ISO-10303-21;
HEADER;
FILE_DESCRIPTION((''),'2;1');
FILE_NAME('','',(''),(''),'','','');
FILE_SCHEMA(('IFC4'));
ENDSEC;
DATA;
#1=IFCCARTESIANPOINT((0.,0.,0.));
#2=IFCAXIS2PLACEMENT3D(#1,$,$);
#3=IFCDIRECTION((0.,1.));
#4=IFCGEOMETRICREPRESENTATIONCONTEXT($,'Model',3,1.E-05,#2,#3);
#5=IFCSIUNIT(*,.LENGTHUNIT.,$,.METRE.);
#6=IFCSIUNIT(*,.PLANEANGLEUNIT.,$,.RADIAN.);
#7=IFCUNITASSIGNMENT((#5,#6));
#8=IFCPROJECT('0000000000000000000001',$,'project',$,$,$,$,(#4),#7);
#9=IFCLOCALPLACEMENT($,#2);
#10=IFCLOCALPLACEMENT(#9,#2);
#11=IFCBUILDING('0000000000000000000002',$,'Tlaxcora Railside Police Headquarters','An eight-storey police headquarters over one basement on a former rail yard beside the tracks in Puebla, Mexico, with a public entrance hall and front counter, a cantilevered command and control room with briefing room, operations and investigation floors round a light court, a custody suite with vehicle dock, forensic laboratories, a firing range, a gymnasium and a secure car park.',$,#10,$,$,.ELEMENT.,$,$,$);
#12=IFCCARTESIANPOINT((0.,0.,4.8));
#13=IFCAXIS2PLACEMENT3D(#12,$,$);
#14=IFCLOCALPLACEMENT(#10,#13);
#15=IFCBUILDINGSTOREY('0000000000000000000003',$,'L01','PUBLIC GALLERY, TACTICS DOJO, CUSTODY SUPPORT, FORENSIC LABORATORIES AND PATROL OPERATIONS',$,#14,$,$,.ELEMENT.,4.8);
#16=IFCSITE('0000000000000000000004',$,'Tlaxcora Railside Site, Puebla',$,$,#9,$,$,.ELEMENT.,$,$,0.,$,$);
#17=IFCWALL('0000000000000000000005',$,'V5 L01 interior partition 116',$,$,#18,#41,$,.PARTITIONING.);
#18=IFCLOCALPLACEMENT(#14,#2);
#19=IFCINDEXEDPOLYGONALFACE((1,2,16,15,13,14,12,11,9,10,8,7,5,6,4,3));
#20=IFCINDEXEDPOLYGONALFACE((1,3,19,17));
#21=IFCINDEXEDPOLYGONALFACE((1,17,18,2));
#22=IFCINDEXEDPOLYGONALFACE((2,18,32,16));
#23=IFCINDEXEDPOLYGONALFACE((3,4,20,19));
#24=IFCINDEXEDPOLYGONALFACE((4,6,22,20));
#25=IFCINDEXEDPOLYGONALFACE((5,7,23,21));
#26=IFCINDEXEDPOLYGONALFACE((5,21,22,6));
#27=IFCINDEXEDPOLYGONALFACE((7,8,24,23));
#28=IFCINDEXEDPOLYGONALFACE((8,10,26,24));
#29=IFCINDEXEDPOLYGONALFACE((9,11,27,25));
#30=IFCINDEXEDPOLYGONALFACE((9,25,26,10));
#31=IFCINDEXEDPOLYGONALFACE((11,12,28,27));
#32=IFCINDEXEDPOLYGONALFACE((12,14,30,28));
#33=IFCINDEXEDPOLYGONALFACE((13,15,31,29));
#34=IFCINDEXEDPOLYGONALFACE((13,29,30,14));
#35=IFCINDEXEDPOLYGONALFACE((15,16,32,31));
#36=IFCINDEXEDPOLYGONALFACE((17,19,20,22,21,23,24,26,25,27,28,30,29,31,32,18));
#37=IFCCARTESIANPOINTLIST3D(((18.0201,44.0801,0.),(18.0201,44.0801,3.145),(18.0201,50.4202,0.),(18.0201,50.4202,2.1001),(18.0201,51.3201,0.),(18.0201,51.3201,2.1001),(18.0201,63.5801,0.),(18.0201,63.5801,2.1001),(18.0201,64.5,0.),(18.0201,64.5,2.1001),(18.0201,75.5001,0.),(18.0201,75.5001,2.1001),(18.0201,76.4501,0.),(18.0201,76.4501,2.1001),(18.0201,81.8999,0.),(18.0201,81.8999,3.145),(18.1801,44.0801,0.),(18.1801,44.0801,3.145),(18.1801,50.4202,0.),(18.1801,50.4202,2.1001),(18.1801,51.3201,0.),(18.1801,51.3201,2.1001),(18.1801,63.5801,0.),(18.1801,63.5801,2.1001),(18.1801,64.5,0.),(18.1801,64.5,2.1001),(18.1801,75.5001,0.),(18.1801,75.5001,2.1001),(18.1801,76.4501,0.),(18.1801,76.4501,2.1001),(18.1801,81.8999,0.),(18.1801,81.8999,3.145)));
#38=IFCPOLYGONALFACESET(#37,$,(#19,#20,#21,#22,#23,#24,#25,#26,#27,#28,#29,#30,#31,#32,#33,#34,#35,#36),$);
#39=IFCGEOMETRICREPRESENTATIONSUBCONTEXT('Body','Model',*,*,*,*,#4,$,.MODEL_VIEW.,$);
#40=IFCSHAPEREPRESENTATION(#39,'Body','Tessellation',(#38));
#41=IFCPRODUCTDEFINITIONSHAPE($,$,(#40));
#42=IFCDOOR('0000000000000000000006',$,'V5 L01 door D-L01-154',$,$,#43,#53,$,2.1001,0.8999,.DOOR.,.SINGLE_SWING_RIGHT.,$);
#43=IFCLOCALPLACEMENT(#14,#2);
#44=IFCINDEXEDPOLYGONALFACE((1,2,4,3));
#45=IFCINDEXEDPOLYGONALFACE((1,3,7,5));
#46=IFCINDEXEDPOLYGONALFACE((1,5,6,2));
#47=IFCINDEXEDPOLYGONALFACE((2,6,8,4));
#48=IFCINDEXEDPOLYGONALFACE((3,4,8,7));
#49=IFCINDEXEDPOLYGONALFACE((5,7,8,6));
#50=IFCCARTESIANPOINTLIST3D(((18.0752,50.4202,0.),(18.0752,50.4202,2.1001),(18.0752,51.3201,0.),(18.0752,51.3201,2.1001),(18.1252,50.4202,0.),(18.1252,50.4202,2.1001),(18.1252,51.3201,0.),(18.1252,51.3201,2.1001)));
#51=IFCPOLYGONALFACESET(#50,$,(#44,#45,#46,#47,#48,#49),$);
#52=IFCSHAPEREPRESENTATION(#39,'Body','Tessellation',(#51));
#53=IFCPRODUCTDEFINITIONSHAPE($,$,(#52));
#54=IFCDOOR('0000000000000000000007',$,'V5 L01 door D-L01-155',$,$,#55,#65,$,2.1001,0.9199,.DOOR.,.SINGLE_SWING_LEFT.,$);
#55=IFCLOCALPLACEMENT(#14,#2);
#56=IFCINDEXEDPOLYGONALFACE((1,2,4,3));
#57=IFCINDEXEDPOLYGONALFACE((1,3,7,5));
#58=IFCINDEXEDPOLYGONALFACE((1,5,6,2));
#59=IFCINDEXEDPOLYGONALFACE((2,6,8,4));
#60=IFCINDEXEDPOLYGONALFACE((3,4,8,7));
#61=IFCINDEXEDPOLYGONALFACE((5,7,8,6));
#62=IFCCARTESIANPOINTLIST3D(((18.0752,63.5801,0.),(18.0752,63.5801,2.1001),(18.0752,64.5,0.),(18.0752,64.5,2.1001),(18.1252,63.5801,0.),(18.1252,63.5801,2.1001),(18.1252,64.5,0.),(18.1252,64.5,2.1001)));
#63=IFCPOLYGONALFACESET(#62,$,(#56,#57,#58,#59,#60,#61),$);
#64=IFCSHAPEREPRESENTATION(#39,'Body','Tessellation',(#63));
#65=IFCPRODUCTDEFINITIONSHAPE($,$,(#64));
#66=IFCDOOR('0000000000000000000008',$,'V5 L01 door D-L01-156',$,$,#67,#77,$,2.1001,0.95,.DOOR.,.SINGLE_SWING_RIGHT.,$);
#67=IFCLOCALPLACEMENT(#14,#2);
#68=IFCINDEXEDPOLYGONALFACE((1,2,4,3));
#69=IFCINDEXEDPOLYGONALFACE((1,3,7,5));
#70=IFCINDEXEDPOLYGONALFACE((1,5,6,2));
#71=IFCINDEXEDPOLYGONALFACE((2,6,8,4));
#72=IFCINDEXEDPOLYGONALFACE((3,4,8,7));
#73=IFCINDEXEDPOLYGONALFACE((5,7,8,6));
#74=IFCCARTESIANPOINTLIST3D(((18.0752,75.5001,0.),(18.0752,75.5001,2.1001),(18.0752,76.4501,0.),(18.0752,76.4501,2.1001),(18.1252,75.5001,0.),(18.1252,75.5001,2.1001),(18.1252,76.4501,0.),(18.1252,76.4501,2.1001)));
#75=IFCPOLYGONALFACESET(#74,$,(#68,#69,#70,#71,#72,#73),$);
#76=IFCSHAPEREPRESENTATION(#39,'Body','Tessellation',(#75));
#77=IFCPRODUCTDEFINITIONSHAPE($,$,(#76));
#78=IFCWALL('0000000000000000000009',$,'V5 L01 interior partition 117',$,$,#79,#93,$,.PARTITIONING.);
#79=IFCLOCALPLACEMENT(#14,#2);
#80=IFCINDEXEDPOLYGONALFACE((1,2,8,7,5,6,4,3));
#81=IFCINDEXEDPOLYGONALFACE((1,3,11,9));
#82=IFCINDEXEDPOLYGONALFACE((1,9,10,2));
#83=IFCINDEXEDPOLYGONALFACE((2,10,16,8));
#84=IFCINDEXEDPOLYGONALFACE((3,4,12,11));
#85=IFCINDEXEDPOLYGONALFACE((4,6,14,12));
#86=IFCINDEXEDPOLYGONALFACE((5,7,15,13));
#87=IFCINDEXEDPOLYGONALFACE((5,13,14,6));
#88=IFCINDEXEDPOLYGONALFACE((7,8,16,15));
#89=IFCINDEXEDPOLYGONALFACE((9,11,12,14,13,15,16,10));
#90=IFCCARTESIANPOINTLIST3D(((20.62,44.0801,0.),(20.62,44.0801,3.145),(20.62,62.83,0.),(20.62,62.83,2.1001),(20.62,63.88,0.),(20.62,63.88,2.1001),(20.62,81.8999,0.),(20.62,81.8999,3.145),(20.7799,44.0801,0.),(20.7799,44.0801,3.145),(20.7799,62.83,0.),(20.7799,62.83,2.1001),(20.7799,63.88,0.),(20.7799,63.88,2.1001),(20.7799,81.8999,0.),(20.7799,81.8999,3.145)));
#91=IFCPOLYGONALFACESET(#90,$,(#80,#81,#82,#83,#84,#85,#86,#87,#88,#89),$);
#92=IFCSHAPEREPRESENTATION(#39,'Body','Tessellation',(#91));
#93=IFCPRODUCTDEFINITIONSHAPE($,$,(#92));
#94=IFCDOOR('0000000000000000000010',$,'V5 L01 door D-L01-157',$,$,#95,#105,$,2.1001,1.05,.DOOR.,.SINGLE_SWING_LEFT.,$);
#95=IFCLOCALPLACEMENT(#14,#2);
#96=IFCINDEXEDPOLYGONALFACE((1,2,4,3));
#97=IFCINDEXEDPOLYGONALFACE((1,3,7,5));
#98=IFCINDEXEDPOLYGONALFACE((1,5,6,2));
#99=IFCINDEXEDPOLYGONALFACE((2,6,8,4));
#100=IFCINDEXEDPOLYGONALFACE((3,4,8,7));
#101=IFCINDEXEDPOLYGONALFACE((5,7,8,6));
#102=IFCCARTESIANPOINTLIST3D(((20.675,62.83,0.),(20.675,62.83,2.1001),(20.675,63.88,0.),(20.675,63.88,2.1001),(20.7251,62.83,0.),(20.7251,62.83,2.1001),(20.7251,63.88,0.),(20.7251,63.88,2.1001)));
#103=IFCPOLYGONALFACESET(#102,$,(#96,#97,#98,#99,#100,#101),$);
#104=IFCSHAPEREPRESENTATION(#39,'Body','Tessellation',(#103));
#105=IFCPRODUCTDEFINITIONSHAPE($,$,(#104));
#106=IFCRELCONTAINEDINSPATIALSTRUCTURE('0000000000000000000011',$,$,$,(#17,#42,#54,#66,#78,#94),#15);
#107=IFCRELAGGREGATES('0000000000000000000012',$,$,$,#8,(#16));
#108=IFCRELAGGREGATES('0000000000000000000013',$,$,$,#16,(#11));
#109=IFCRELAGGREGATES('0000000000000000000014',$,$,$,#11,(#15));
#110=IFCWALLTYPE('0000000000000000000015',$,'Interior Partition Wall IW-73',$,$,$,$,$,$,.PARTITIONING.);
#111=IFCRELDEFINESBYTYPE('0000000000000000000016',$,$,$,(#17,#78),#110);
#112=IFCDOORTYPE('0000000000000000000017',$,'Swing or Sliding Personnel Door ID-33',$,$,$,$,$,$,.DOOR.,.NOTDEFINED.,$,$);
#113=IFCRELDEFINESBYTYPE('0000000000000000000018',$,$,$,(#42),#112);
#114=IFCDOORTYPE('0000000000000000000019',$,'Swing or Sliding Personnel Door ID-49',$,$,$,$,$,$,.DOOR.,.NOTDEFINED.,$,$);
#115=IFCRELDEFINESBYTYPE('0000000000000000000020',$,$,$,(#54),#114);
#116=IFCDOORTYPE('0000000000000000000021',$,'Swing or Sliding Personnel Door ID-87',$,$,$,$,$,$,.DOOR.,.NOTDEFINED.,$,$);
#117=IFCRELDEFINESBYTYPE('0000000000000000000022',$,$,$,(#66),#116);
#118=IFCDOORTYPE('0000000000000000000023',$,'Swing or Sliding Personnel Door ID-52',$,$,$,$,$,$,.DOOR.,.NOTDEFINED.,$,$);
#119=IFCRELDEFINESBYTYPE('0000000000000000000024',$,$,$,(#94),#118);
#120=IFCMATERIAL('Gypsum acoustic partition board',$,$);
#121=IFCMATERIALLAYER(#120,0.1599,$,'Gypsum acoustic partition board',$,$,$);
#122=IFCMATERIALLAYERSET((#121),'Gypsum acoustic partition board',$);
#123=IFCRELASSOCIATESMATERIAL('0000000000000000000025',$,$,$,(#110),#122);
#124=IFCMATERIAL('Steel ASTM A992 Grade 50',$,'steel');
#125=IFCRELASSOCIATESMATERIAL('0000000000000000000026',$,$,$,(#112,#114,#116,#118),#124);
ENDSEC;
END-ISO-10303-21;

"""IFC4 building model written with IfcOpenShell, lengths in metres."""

from ifc_helpers import new_model, si_unit, direction, frame, frame_2d, origin, place, context, subcontext, project, spatial, rectangle, extrude, material, layer, layer_set, type_object, element, fill, save


model = new_model("IFC4")

# Units and contexts
model_context = context("Model", 3, precision=1e-05, world=origin(), true_north=direction((0.0, 1.0)))
body_context = subcontext(model_context, "Body", "Model", "MODEL_VIEW")
ifc_project = project(units=[si_unit("LENGTHUNIT", "METRE"), si_unit("PLANEANGLEUNIT", "RADIAN")], contexts=[model_context])

# Site, building, storey
site_placement = place(None, origin())
site = spatial("IfcSite", under=ifc_project, at=site_placement, Name="Tlaxcora Railside Site, Puebla", CompositionType="ELEMENT", RefElevation=0.0)
building_placement = place(site_placement, origin())
building = spatial("IfcBuilding", under=site, at=building_placement, Name="Tlaxcora Railside Police Headquarters", Description="An eight-storey police headquarters over one basement on a former rail yard beside the tracks in Puebla, Mexico, with a public entrance hall and front counter, a cantilevered command and control room with briefing room, operations and investigation floors round a light court, a custody suite with vehicle dock, forensic laboratories, a firing range, a gymnasium and a secure car park.", CompositionType="ELEMENT")
storey_placement = place(building_placement, frame((0.0, 0.0, 4.8)))
storey = spatial("IfcBuildingStorey", under=building, at=storey_placement, Name="L01", Description="PUBLIC GALLERY, TACTICS DOJO, CUSTODY SUPPORT, FORENSIC LABORATORIES AND PATROL OPERATIONS", CompositionType="ELEMENT", Elevation=4.8)

# Shared definitions
ifc_material_1 = material(Name="Steel ASTM A992 Grade 50", Category="steel")

# Wall, openings, doors
ifc_material_2 = material(Name="Gypsum acoustic partition board")
ifc_layer_1 = layer(ifc_material_2, 0.1599, Name="Gypsum acoustic partition board")
ifc_layer_set_1 = layer_set([ifc_layer_1], Name="Gypsum acoustic partition board")
wall_type = type_object("IfcWallType", Name="Interior Partition Wall IW-73", PredefinedType="PARTITIONING", material=ifc_layer_set_1)
wall_1_placement = place(storey_placement, frame((18.1001, 44.0801, 0.0), z_axis=(0.0, 0.0, 1.0), x_axis=(0.0, 1.0, 0.0)))
wall_1 = element("IfcWall", 1, at=wall_1_placement, inside=storey, type_object=wall_type, Name="V5 L01 interior partition 116", PredefinedType="PARTITIONING", context=body_context, shape_type="SweptSolid", body=[
    extrude(rectangle(XDim=37.8198, YDim=0.1599, at=frame_2d((18.9099, 0.0))), origin(), (0.0, 0.0, 1.0), 3.145),
])
opening_1_placement = place(wall_1_placement, frame((6.3401, 0.0, 0.0)))
opening_1 = element("IfcOpeningElement", 2, at=opening_1_placement, cuts=wall_1, PredefinedType="OPENING", context=body_context, shape_type="SweptSolid", body=[
    extrude(rectangle(XDim=0.8999, YDim=2.1001, at=frame_2d((0.45, 1.05))), frame((0.0, 0.0898, 0.0), z_axis=(0.0, -1.0, 0.0), x_axis=(1.0, 0.0, 0.0)), (0.0, 0.0, 1.0), 0.1799),
])
opening_2_placement = place(wall_1_placement, frame((19.5, 0.0, 0.0)))
opening_2 = element("IfcOpeningElement", 3, at=opening_2_placement, cuts=wall_1, PredefinedType="OPENING", context=body_context, shape_type="SweptSolid", body=[
    extrude(rectangle(XDim=0.9199, YDim=2.1001, at=frame_2d((0.46, 1.05))), frame((0.0, 0.0898, 0.0), z_axis=(0.0, -1.0, 0.0), x_axis=(1.0, 0.0, 0.0)), (0.0, 0.0, 1.0), 0.1799),
])
opening_3_placement = place(wall_1_placement, frame((31.4199, 0.0, 0.0)))
opening_3 = element("IfcOpeningElement", 4, at=opening_3_placement, cuts=wall_1, PredefinedType="OPENING", context=body_context, shape_type="SweptSolid", body=[
    extrude(rectangle(XDim=0.95, YDim=2.1001, at=frame_2d((0.4751, 1.05))), frame((0.0, 0.0898, 0.0), z_axis=(0.0, -1.0, 0.0), x_axis=(1.0, 0.0, 0.0)), (0.0, 0.0, 1.0), 0.1799),
])
door_type_1 = type_object("IfcDoorType", Name="Swing or Sliding Personnel Door ID-33", OperationType="NOTDEFINED", PredefinedType="DOOR", material=ifc_material_1)
door_1_placement = place(opening_1_placement, origin())
door_1 = element("IfcDoor", 5, at=door_1_placement, inside=storey, type_object=door_type_1, Name="V5 L01 door D-L01-154", OperationType="SINGLE_SWING_RIGHT", OverallHeight=2.1001, OverallWidth=0.8999, PredefinedType="DOOR", context=body_context, shape_type="SweptSolid", body=[
    extrude(rectangle(XDim=0.8999, YDim=2.1001, at=frame_2d((0.45, 1.05))), frame((0.0, 0.0249, 0.0), z_axis=(0.0, -1.0, 0.0), x_axis=(1.0, 0.0, 0.0)), (0.0, 0.0, 1.0), 0.05),
])
fill(opening_1, door_1)
door_type_2 = type_object("IfcDoorType", Name="Swing or Sliding Personnel Door ID-49", OperationType="NOTDEFINED", PredefinedType="DOOR", material=ifc_material_1)
door_2_placement = place(opening_2_placement, origin())
door_2 = element("IfcDoor", 6, at=door_2_placement, inside=storey, type_object=door_type_2, Name="V5 L01 door D-L01-155", OperationType="SINGLE_SWING_LEFT", OverallHeight=2.1001, OverallWidth=0.9199, PredefinedType="DOOR", context=body_context, shape_type="SweptSolid", body=[
    extrude(rectangle(XDim=0.9199, YDim=2.1001, at=frame_2d((0.46, 1.05))), frame((0.0, 0.0249, 0.0), z_axis=(0.0, -1.0, 0.0), x_axis=(1.0, 0.0, 0.0)), (0.0, 0.0, 1.0), 0.05),
])
fill(opening_2, door_2)
door_type_3 = type_object("IfcDoorType", Name="Swing or Sliding Personnel Door ID-87", OperationType="NOTDEFINED", PredefinedType="DOOR", material=ifc_material_1)
door_3_placement = place(opening_3_placement, origin())
door_3 = element("IfcDoor", 7, at=door_3_placement, inside=storey, type_object=door_type_3, Name="V5 L01 door D-L01-156", OperationType="SINGLE_SWING_RIGHT", OverallHeight=2.1001, OverallWidth=0.95, PredefinedType="DOOR", context=body_context, shape_type="SweptSolid", body=[
    extrude(rectangle(XDim=0.95, YDim=2.1001, at=frame_2d((0.4751, 1.05))), frame((0.0, 0.0249, 0.0), z_axis=(0.0, -1.0, 0.0), x_axis=(1.0, 0.0, 0.0)), (0.0, 0.0, 1.0), 0.05),
])
fill(opening_3, door_3)

# Wall, opening, door
wall_2_placement = place(storey_placement, frame((20.7, 44.0801, 0.0), z_axis=(0.0, 0.0, 1.0), x_axis=(0.0, 1.0, 0.0)))
wall_2 = element("IfcWall", 8, at=wall_2_placement, inside=storey, type_object=wall_type, Name="V5 L01 interior partition 117", PredefinedType="PARTITIONING", context=body_context, shape_type="SweptSolid", body=[
    extrude(rectangle(XDim=37.8198, YDim=0.1599, at=frame_2d((18.9099, 0.0))), origin(), (0.0, 0.0, 1.0), 3.145),
])
opening_4_placement = place(wall_2_placement, frame((18.75, 0.0, 0.0)))
opening_4 = element("IfcOpeningElement", 9, at=opening_4_placement, cuts=wall_2, PredefinedType="OPENING", context=body_context, shape_type="SweptSolid", body=[
    extrude(rectangle(XDim=1.05, YDim=2.1001, at=frame_2d((0.5249, 1.05))), frame((0.0, 0.0898, 0.0), z_axis=(0.0, -1.0, 0.0), x_axis=(1.0, 0.0, 0.0)), (0.0, 0.0, 1.0), 0.1799),
])
door_type_4 = type_object("IfcDoorType", Name="Swing or Sliding Personnel Door ID-52", OperationType="NOTDEFINED", PredefinedType="DOOR", material=ifc_material_1)
door_4_placement = place(opening_4_placement, origin())
door_4 = element("IfcDoor", 10, at=door_4_placement, inside=storey, type_object=door_type_4, Name="V5 L01 door D-L01-157", OperationType="SINGLE_SWING_LEFT", OverallHeight=2.1001, OverallWidth=1.05, PredefinedType="DOOR", context=body_context, shape_type="SweptSolid", body=[
    extrude(rectangle(XDim=1.05, YDim=2.1001, at=frame_2d((0.5249, 1.05))), frame((0.0, 0.0249, 0.0), z_axis=(0.0, -1.0, 0.0), x_axis=(1.0, 0.0, 0.0)), (0.0, 0.0, 1.0), 0.05),
])
fill(opening_4, door_4)

save(model, "model.ifc")
